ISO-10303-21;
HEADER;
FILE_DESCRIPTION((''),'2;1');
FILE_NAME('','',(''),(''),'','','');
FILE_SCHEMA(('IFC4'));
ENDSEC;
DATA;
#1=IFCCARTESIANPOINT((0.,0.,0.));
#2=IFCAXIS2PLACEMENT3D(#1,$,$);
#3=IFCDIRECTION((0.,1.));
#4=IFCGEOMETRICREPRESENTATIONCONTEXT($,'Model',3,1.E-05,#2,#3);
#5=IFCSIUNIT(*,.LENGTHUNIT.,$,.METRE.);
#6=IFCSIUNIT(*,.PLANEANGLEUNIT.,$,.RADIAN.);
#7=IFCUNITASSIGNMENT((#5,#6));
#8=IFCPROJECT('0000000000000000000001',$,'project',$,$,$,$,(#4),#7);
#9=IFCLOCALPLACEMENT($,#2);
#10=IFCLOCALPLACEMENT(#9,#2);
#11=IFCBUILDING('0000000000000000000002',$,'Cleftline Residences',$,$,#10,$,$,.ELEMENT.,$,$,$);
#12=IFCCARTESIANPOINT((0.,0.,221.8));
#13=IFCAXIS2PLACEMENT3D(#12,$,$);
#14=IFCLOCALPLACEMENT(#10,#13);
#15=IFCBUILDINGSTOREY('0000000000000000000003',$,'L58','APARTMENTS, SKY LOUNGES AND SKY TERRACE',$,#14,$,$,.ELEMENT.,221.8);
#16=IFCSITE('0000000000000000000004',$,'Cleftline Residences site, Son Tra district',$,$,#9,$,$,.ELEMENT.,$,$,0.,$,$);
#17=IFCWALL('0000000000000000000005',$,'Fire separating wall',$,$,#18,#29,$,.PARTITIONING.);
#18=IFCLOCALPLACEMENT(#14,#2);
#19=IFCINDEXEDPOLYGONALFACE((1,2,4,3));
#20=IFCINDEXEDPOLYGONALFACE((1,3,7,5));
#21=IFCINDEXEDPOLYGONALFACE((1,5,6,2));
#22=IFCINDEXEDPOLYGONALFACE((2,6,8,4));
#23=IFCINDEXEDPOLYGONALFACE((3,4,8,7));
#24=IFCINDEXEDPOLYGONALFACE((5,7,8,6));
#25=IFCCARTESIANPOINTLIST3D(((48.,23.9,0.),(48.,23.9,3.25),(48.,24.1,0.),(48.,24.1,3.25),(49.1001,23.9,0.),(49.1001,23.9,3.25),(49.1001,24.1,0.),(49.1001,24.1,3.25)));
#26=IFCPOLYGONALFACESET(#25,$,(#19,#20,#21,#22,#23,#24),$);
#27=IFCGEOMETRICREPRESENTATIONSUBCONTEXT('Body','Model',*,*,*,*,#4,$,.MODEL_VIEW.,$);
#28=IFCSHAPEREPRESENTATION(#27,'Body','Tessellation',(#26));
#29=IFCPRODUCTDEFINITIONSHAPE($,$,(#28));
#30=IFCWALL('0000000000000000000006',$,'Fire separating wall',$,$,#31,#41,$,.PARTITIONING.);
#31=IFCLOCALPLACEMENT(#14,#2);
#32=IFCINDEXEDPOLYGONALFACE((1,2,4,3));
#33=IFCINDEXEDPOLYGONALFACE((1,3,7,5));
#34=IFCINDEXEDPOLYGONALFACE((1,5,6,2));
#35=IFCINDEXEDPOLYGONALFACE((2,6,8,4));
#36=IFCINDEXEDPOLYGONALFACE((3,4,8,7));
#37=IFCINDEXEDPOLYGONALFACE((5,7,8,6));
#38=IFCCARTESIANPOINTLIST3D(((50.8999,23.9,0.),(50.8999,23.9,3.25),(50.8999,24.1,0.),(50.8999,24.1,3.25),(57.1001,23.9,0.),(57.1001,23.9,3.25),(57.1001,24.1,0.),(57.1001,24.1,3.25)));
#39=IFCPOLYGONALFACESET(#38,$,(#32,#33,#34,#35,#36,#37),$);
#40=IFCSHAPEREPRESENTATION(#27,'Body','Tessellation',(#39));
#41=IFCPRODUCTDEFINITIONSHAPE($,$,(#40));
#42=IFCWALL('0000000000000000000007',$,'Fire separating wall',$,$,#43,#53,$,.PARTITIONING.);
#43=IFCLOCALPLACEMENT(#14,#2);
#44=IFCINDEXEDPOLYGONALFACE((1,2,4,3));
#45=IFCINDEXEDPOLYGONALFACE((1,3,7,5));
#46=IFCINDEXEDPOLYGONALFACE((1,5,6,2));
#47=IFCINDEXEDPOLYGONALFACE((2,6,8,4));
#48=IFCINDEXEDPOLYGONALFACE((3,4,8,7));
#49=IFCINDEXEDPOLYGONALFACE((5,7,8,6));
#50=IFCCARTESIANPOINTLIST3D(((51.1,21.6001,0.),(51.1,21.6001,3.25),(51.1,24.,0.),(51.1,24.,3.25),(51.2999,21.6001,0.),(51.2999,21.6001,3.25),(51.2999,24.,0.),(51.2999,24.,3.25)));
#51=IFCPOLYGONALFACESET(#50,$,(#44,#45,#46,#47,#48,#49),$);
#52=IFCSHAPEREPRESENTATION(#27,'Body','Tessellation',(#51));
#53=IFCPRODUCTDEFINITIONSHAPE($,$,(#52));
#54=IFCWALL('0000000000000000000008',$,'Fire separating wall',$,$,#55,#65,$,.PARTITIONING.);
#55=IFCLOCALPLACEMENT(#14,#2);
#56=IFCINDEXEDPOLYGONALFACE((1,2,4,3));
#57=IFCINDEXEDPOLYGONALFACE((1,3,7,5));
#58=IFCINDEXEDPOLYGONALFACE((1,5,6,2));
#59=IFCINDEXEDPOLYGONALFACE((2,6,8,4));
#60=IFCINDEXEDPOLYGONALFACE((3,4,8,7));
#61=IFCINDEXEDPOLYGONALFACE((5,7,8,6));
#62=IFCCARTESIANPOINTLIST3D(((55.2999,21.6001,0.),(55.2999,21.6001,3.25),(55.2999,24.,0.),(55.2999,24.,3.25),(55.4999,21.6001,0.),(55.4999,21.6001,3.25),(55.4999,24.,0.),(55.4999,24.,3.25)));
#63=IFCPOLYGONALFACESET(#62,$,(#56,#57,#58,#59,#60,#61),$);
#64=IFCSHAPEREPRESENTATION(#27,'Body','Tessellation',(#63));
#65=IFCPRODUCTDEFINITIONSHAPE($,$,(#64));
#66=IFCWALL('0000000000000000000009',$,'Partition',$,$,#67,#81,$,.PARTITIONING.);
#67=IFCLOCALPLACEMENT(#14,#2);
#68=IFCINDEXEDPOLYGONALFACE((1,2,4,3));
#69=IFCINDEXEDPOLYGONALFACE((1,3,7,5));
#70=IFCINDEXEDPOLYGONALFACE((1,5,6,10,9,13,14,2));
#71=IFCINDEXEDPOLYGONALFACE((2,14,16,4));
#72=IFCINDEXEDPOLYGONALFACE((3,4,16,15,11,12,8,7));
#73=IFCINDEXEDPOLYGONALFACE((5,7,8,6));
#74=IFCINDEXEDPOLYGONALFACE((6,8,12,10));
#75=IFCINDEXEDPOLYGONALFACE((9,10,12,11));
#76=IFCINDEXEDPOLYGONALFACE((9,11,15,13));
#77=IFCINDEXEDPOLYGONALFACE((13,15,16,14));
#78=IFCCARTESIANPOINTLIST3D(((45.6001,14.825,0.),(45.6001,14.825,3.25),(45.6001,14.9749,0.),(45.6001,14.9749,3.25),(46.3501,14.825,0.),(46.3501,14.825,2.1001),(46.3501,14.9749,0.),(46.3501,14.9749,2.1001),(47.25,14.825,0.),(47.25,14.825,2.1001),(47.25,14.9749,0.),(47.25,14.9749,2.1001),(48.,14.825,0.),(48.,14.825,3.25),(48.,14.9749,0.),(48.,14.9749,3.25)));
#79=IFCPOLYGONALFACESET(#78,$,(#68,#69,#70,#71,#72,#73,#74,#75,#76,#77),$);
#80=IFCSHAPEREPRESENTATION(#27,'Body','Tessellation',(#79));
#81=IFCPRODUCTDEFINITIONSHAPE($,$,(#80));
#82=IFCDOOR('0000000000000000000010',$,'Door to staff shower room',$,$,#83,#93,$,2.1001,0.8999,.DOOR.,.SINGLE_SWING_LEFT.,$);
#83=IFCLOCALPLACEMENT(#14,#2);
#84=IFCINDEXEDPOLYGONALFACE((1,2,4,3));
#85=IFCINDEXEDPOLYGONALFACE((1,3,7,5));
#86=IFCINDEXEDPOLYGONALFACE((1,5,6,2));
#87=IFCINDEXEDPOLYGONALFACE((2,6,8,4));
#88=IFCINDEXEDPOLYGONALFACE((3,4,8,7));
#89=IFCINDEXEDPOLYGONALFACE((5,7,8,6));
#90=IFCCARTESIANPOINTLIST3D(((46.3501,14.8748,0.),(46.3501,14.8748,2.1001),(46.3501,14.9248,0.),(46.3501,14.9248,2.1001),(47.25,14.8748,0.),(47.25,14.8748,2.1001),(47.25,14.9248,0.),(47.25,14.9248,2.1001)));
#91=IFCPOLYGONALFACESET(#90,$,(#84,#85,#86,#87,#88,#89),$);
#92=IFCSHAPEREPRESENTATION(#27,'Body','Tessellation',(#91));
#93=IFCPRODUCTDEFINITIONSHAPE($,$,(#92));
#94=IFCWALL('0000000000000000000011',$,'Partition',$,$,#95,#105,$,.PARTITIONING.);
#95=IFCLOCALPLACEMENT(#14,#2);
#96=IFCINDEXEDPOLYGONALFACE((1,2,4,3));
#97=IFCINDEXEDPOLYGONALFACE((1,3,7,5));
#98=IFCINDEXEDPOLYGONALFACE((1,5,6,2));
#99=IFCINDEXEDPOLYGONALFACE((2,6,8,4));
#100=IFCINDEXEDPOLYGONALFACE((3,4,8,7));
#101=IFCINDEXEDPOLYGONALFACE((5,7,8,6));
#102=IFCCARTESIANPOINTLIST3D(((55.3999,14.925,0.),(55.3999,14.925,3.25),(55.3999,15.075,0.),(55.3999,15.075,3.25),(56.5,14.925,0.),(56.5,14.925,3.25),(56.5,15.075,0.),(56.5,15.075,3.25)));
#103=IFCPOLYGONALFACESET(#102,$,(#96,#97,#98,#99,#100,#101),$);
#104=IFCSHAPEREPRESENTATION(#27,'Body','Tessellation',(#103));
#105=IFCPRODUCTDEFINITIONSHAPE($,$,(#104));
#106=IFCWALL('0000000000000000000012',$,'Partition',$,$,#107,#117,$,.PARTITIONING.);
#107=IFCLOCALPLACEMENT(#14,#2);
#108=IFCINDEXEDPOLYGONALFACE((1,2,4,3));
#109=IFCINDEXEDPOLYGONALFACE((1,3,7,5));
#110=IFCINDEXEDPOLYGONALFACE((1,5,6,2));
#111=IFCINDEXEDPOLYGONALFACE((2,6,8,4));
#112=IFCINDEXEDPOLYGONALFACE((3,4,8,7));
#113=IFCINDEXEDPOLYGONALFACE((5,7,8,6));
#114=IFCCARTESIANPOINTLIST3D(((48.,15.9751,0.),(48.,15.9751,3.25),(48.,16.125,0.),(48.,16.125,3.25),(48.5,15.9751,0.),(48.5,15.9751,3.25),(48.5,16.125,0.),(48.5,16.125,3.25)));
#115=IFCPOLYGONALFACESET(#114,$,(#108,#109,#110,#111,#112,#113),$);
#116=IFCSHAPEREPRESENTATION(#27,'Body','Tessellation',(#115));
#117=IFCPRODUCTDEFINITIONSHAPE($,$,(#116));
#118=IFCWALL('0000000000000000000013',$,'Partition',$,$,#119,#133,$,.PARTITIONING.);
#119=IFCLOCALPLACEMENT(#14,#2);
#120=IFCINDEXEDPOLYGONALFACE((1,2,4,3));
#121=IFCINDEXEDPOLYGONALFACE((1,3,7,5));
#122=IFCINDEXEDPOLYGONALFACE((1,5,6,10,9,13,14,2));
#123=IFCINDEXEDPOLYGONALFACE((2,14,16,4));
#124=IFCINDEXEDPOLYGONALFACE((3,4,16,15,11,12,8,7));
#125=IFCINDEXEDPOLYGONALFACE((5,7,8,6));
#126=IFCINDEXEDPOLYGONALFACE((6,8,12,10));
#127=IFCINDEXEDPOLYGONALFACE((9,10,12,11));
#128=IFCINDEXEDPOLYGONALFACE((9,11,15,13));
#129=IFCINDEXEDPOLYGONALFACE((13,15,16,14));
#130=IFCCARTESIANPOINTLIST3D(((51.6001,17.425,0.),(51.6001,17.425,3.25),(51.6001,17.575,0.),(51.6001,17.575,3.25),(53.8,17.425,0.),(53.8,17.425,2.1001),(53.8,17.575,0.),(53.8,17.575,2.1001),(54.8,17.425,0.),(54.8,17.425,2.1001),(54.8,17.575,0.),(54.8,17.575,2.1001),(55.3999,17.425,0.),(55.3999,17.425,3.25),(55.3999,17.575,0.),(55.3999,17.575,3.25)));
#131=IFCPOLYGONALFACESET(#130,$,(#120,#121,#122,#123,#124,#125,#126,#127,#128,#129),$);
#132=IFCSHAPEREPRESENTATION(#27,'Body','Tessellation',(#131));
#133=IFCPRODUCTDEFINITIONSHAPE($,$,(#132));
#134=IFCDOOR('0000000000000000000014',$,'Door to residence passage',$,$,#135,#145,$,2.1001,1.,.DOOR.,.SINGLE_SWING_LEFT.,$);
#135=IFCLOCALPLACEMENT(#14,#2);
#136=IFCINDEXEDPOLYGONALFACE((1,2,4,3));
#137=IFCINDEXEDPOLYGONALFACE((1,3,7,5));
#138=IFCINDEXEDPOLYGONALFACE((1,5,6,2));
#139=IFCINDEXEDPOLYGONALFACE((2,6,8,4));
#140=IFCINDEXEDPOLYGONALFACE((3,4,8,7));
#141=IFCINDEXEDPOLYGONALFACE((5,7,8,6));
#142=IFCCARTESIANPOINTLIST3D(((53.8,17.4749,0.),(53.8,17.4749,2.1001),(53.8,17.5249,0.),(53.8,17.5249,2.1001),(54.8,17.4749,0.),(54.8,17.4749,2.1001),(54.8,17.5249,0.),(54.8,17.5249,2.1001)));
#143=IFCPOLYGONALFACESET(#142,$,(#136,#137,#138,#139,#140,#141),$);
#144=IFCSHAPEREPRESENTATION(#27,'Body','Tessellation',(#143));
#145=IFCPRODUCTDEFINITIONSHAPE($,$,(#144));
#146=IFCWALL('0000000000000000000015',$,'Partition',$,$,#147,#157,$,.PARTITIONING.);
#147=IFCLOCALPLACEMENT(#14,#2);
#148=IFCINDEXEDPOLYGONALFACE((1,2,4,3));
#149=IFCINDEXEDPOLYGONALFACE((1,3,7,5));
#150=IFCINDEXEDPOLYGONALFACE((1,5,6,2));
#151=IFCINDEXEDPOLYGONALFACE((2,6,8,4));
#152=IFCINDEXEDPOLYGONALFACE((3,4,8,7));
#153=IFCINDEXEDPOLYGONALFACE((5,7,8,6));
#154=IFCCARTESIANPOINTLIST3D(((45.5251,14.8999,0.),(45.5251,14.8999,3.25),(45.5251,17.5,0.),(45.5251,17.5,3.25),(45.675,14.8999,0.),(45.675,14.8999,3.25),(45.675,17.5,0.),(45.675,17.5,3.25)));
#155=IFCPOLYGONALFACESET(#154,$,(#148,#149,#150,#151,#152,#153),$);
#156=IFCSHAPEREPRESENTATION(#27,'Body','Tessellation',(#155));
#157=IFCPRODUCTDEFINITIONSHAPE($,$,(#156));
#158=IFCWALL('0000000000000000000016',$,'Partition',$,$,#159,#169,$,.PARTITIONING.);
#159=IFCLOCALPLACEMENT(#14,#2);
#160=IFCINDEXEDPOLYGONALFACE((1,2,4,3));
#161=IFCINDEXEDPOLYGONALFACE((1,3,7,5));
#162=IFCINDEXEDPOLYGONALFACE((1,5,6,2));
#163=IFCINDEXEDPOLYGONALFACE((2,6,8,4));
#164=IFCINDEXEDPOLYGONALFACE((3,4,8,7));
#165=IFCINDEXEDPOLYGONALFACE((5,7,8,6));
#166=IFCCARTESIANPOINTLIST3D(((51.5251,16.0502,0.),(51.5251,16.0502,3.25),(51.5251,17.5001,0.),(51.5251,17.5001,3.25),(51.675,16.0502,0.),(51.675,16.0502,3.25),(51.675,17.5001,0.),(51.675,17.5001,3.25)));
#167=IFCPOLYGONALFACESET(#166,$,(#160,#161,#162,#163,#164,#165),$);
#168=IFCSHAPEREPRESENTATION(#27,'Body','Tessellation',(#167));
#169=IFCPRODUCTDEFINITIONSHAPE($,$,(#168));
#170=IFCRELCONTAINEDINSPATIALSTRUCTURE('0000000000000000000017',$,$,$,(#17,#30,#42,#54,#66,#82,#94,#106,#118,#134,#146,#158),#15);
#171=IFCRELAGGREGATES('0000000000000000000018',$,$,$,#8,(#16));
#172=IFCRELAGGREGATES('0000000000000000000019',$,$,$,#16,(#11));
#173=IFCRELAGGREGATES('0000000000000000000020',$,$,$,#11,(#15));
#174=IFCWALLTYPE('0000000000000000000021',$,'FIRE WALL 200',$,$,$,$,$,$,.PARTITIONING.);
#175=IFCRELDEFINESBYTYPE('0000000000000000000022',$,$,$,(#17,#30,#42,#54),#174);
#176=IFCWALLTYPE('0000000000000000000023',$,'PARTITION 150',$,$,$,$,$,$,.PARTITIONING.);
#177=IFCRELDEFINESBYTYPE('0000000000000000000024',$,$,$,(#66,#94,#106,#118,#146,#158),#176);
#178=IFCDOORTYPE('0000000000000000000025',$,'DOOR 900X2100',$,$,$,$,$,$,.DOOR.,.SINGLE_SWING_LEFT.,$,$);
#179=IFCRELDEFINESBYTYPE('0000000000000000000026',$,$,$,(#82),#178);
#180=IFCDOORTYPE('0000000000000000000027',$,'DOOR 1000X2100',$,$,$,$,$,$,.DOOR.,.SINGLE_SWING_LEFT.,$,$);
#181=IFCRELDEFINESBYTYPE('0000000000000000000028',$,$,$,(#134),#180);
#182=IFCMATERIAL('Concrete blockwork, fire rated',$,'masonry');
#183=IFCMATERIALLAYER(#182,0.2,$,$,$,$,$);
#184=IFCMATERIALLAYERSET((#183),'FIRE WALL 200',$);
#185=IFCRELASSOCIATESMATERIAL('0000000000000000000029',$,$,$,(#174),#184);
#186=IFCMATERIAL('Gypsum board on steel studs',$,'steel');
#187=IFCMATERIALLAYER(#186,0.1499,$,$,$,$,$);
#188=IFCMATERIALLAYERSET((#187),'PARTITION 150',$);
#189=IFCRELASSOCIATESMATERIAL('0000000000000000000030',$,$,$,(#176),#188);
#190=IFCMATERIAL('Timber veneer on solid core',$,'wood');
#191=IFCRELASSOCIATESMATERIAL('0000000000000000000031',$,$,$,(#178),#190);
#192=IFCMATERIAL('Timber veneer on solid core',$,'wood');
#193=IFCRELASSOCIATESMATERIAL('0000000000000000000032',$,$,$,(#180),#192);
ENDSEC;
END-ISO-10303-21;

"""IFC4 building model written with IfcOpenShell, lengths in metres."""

from ifc_helpers import new_model, si_unit, direction, frame, frame_2d, origin, place, context, subcontext, project, spatial, rectangle, extrude, material, layer, layer_set, type_object, element, fill, save


model = new_model("IFC4")

# Units and contexts
model_context = context("Model", 3, precision=1e-05, world=origin(), true_north=direction((0.0, 1.0)))
body_context = subcontext(model_context, "Body", "Model", "MODEL_VIEW")
ifc_project = project(units=[si_unit("LENGTHUNIT", "METRE"), si_unit("PLANEANGLEUNIT", "RADIAN")], contexts=[model_context])

# Site, building, storey
site_placement = place(None, origin())
site = spatial("IfcSite", under=ifc_project, at=site_placement, Name="Cleftline Residences site, Son Tra district", CompositionType="ELEMENT", RefElevation=0.0)
building_placement = place(site_placement, origin())
building = spatial("IfcBuilding", under=site, at=building_placement, Name="Cleftline Residences", CompositionType="ELEMENT")
storey_placement = place(building_placement, frame((0.0, 0.0, 221.8)))
storey = spatial("IfcBuildingStorey", under=building, at=storey_placement, Name="L58", Description="APARTMENTS, SKY LOUNGES AND SKY TERRACE", CompositionType="ELEMENT", Elevation=221.8)

# Shared definitions
ifc_material_1 = material(Name="Concrete blockwork, fire rated", Category="masonry")
ifc_layer_1 = layer(ifc_material_1, 0.2)
ifc_layer_set_1 = layer_set([ifc_layer_1], Name="FIRE WALL 200")
wall_type_1 = type_object("IfcWallType", Name="FIRE WALL 200", PredefinedType="PARTITIONING", material=ifc_layer_set_1)

# Walls
wall_1_placement = place(storey_placement, frame((48.0, 24.0, 0.0), z_axis=(0.0, 0.0, 1.0), x_axis=(1.0, 0.0, 0.0)))
element("IfcWall", 1, at=wall_1_placement, inside=storey, type_object=wall_type_1, Name="Fire separating wall", PredefinedType="PARTITIONING", context=body_context, shape_type="SweptSolid", body=[
    extrude(rectangle(XDim=1.1001, YDim=0.2, at=frame_2d((0.55, 0.0))), origin(), (0.0, 0.0, 1.0), 3.25),
])
wall_2_placement = place(storey_placement, frame((50.8999, 24.0, 0.0), z_axis=(0.0, 0.0, 1.0), x_axis=(1.0, 0.0, 0.0)))
element("IfcWall", 2, at=wall_2_placement, inside=storey, type_object=wall_type_1, Name="Fire separating wall", PredefinedType="PARTITIONING", context=body_context, shape_type="SweptSolid", body=[
    extrude(rectangle(XDim=6.2002, YDim=0.2, at=frame_2d((3.1001, 0.0))), origin(), (0.0, 0.0, 1.0), 3.25),
])

# Walls
for number, where, z_axis, x_axis, name in (
    (3, (51.2, 21.6001, 0.0), (0.0, 0.0, 1.0), (0.0, 1.0, 0.0), "Fire separating wall"),
    (4, (55.3999, 21.6001, 0.0), (0.0, 0.0, 1.0), (0.0, 1.0, 0.0), "Fire separating wall"),
):
    element("IfcWall", number, at=place(storey_placement, frame(where, z_axis=z_axis, x_axis=x_axis)), inside=storey, type_object=wall_type_1, Name=name, PredefinedType="PARTITIONING", context=body_context, shape_type="SweptSolid", body=[
        extrude(rectangle(XDim=2.3999, YDim=0.2, at=frame_2d((1.2, 0.0))), origin(), (0.0, 0.0, 1.0), 3.25),
    ])

# Wall, opening, door
ifc_material_2 = material(Name="Gypsum board on steel studs", Category="steel")
ifc_layer_2 = layer(ifc_material_2, 0.1499)
ifc_layer_set_2 = layer_set([ifc_layer_2], Name="PARTITION 150")
wall_type_2 = type_object("IfcWallType", Name="PARTITION 150", PredefinedType="PARTITIONING", material=ifc_layer_set_2)
wall_3_placement = place(storey_placement, frame((45.6001, 14.8999, 0.0), z_axis=(0.0, 0.0, 1.0), x_axis=(1.0, 0.0, 0.0)))
wall_3 = element("IfcWall", 5, at=wall_3_placement, inside=storey, type_object=wall_type_2, Name="Partition", PredefinedType="PARTITIONING", context=body_context, shape_type="SweptSolid", body=[
    extrude(rectangle(XDim=2.3999, YDim=0.1499, at=frame_2d((1.2, 0.0))), origin(), (0.0, 0.0, 1.0), 3.25),
])
opening_1_placement = place(wall_3_placement, frame((0.75, 0.0, 0.0)))
opening_1 = element("IfcOpeningElement", 6, at=opening_1_placement, cuts=wall_3, PredefinedType="OPENING", context=body_context, shape_type="SweptSolid", body=[
    extrude(rectangle(XDim=0.8999, YDim=2.1001, at=frame_2d((0.45, 1.05))), frame((0.0, 0.085, 0.0), z_axis=(0.0, -1.0, 0.0), x_axis=(1.0, 0.0, 0.0)), (0.0, 0.0, 1.0), 0.1699),
])
ifc_material_3 = material(Name="Timber veneer on solid core", Category="wood")
door_type_1 = type_object("IfcDoorType", Name="DOOR 900X2100", OperationType="SINGLE_SWING_LEFT", PredefinedType="DOOR", material=ifc_material_3)
door_1_placement = place(opening_1_placement, origin())
door_1 = element("IfcDoor", 7, at=door_1_placement, inside=storey, type_object=door_type_1, Name="Door to staff shower room", OperationType="SINGLE_SWING_LEFT", OverallHeight=2.1001, OverallWidth=0.8999, PredefinedType="DOOR", context=body_context, shape_type="SweptSolid", body=[
    extrude(rectangle(XDim=0.8999, YDim=2.1001, at=frame_2d((0.45, 1.05))), frame((0.0, 0.0249, 0.0), z_axis=(0.0, -1.0, 0.0), x_axis=(1.0, 0.0, 0.0)), (0.0, 0.0, 1.0), 0.05),
])
fill(opening_1, door_1)

# Walls
wall_4_placement = place(storey_placement, frame((55.3999, 15.0, 0.0), z_axis=(0.0, 0.0, 1.0), x_axis=(1.0, 0.0, 0.0)))
element("IfcWall", 8, at=wall_4_placement, inside=storey, type_object=wall_type_2, Name="Partition", PredefinedType="PARTITIONING", context=body_context, shape_type="SweptSolid", body=[
    extrude(rectangle(XDim=1.1001, YDim=0.1499, at=frame_2d((0.55, 0.0))), origin(), (0.0, 0.0, 1.0), 3.25),
])
wall_5_placement = place(storey_placement, frame((48.0, 16.05, 0.0), z_axis=(0.0, 0.0, 1.0), x_axis=(1.0, 0.0, 0.0)))
element("IfcWall", 9, at=wall_5_placement, inside=storey, type_object=wall_type_2, Name="Partition", PredefinedType="PARTITIONING", context=body_context, shape_type="SweptSolid", body=[
    extrude(rectangle(XDim=0.5, YDim=0.1499, at=frame_2d((0.25, 0.0))), origin(), (0.0, 0.0, 1.0), 3.25),
])

# Wall, opening, door
wall_6_placement = place(storey_placement, frame((51.6001, 17.5, 0.0), z_axis=(0.0, 0.0, 1.0), x_axis=(1.0, 0.0, 0.0)))
wall_6 = element("IfcWall", 10, at=wall_6_placement, inside=storey, type_object=wall_type_2, Name="Partition", PredefinedType="PARTITIONING", context=body_context, shape_type="SweptSolid", body=[
    extrude(rectangle(XDim=3.7998, YDim=0.1499, at=frame_2d((1.8999, 0.0))), origin(), (0.0, 0.0, 1.0), 3.25),
])
opening_2_placement = place(wall_6_placement, frame((2.2, 0.0, 0.0)))
opening_2 = element("IfcOpeningElement", 11, at=opening_2_placement, cuts=wall_6, PredefinedType="OPENING", context=body_context, shape_type="SweptSolid", body=[
    extrude(rectangle(XDim=1.0, YDim=2.1001, at=frame_2d((0.5, 1.05))), frame((0.0, 0.085, 0.0), z_axis=(0.0, -1.0, 0.0), x_axis=(1.0, 0.0, 0.0)), (0.0, 0.0, 1.0), 0.1699),
])
ifc_material_4 = material(Name="Timber veneer on solid core", Category="wood")
door_type_2 = type_object("IfcDoorType", Name="DOOR 1000X2100", OperationType="SINGLE_SWING_LEFT", PredefinedType="DOOR", material=ifc_material_4)
door_2_placement = place(opening_2_placement, origin())
door_2 = element("IfcDoor", 12, at=door_2_placement, inside=storey, type_object=door_type_2, Name="Door to residence passage", OperationType="SINGLE_SWING_LEFT", OverallHeight=2.1001, OverallWidth=1.0, PredefinedType="DOOR", context=body_context, shape_type="SweptSolid", body=[
    extrude(rectangle(XDim=1.0, YDim=2.1001, at=frame_2d((0.5, 1.05))), frame((0.0, 0.0249, 0.0), z_axis=(0.0, -1.0, 0.0), x_axis=(1.0, 0.0, 0.0)), (0.0, 0.0, 1.0), 0.05),
])
fill(opening_2, door_2)

# Walls
wall_7_placement = place(storey_placement, frame((45.6001, 14.8999, 0.0), z_axis=(0.0, 0.0, 1.0), x_axis=(0.0, 1.0, 0.0)))
element("IfcWall", 13, at=wall_7_placement, inside=storey, type_object=wall_type_2, Name="Partition", PredefinedType="PARTITIONING", context=body_context, shape_type="SweptSolid", body=[
    extrude(rectangle(XDim=2.6001, YDim=0.1499, at=frame_2d((1.3, 0.0))), origin(), (0.0, 0.0, 1.0), 3.25),
])
wall_8_placement = place(storey_placement, frame((51.6001, 16.05, 0.0), z_axis=(0.0, 0.0, 1.0), x_axis=(0.0, 1.0, 0.0)))
element("IfcWall", 14, at=wall_8_placement, inside=storey, type_object=wall_type_2, Name="Partition", PredefinedType="PARTITIONING", context=body_context, shape_type="SweptSolid", body=[
    extrude(rectangle(XDim=1.45, YDim=0.1499, at=frame_2d((0.7251, 0.0))), origin(), (0.0, 0.0, 1.0), 3.25),
])

save(model, "model.ifc")
